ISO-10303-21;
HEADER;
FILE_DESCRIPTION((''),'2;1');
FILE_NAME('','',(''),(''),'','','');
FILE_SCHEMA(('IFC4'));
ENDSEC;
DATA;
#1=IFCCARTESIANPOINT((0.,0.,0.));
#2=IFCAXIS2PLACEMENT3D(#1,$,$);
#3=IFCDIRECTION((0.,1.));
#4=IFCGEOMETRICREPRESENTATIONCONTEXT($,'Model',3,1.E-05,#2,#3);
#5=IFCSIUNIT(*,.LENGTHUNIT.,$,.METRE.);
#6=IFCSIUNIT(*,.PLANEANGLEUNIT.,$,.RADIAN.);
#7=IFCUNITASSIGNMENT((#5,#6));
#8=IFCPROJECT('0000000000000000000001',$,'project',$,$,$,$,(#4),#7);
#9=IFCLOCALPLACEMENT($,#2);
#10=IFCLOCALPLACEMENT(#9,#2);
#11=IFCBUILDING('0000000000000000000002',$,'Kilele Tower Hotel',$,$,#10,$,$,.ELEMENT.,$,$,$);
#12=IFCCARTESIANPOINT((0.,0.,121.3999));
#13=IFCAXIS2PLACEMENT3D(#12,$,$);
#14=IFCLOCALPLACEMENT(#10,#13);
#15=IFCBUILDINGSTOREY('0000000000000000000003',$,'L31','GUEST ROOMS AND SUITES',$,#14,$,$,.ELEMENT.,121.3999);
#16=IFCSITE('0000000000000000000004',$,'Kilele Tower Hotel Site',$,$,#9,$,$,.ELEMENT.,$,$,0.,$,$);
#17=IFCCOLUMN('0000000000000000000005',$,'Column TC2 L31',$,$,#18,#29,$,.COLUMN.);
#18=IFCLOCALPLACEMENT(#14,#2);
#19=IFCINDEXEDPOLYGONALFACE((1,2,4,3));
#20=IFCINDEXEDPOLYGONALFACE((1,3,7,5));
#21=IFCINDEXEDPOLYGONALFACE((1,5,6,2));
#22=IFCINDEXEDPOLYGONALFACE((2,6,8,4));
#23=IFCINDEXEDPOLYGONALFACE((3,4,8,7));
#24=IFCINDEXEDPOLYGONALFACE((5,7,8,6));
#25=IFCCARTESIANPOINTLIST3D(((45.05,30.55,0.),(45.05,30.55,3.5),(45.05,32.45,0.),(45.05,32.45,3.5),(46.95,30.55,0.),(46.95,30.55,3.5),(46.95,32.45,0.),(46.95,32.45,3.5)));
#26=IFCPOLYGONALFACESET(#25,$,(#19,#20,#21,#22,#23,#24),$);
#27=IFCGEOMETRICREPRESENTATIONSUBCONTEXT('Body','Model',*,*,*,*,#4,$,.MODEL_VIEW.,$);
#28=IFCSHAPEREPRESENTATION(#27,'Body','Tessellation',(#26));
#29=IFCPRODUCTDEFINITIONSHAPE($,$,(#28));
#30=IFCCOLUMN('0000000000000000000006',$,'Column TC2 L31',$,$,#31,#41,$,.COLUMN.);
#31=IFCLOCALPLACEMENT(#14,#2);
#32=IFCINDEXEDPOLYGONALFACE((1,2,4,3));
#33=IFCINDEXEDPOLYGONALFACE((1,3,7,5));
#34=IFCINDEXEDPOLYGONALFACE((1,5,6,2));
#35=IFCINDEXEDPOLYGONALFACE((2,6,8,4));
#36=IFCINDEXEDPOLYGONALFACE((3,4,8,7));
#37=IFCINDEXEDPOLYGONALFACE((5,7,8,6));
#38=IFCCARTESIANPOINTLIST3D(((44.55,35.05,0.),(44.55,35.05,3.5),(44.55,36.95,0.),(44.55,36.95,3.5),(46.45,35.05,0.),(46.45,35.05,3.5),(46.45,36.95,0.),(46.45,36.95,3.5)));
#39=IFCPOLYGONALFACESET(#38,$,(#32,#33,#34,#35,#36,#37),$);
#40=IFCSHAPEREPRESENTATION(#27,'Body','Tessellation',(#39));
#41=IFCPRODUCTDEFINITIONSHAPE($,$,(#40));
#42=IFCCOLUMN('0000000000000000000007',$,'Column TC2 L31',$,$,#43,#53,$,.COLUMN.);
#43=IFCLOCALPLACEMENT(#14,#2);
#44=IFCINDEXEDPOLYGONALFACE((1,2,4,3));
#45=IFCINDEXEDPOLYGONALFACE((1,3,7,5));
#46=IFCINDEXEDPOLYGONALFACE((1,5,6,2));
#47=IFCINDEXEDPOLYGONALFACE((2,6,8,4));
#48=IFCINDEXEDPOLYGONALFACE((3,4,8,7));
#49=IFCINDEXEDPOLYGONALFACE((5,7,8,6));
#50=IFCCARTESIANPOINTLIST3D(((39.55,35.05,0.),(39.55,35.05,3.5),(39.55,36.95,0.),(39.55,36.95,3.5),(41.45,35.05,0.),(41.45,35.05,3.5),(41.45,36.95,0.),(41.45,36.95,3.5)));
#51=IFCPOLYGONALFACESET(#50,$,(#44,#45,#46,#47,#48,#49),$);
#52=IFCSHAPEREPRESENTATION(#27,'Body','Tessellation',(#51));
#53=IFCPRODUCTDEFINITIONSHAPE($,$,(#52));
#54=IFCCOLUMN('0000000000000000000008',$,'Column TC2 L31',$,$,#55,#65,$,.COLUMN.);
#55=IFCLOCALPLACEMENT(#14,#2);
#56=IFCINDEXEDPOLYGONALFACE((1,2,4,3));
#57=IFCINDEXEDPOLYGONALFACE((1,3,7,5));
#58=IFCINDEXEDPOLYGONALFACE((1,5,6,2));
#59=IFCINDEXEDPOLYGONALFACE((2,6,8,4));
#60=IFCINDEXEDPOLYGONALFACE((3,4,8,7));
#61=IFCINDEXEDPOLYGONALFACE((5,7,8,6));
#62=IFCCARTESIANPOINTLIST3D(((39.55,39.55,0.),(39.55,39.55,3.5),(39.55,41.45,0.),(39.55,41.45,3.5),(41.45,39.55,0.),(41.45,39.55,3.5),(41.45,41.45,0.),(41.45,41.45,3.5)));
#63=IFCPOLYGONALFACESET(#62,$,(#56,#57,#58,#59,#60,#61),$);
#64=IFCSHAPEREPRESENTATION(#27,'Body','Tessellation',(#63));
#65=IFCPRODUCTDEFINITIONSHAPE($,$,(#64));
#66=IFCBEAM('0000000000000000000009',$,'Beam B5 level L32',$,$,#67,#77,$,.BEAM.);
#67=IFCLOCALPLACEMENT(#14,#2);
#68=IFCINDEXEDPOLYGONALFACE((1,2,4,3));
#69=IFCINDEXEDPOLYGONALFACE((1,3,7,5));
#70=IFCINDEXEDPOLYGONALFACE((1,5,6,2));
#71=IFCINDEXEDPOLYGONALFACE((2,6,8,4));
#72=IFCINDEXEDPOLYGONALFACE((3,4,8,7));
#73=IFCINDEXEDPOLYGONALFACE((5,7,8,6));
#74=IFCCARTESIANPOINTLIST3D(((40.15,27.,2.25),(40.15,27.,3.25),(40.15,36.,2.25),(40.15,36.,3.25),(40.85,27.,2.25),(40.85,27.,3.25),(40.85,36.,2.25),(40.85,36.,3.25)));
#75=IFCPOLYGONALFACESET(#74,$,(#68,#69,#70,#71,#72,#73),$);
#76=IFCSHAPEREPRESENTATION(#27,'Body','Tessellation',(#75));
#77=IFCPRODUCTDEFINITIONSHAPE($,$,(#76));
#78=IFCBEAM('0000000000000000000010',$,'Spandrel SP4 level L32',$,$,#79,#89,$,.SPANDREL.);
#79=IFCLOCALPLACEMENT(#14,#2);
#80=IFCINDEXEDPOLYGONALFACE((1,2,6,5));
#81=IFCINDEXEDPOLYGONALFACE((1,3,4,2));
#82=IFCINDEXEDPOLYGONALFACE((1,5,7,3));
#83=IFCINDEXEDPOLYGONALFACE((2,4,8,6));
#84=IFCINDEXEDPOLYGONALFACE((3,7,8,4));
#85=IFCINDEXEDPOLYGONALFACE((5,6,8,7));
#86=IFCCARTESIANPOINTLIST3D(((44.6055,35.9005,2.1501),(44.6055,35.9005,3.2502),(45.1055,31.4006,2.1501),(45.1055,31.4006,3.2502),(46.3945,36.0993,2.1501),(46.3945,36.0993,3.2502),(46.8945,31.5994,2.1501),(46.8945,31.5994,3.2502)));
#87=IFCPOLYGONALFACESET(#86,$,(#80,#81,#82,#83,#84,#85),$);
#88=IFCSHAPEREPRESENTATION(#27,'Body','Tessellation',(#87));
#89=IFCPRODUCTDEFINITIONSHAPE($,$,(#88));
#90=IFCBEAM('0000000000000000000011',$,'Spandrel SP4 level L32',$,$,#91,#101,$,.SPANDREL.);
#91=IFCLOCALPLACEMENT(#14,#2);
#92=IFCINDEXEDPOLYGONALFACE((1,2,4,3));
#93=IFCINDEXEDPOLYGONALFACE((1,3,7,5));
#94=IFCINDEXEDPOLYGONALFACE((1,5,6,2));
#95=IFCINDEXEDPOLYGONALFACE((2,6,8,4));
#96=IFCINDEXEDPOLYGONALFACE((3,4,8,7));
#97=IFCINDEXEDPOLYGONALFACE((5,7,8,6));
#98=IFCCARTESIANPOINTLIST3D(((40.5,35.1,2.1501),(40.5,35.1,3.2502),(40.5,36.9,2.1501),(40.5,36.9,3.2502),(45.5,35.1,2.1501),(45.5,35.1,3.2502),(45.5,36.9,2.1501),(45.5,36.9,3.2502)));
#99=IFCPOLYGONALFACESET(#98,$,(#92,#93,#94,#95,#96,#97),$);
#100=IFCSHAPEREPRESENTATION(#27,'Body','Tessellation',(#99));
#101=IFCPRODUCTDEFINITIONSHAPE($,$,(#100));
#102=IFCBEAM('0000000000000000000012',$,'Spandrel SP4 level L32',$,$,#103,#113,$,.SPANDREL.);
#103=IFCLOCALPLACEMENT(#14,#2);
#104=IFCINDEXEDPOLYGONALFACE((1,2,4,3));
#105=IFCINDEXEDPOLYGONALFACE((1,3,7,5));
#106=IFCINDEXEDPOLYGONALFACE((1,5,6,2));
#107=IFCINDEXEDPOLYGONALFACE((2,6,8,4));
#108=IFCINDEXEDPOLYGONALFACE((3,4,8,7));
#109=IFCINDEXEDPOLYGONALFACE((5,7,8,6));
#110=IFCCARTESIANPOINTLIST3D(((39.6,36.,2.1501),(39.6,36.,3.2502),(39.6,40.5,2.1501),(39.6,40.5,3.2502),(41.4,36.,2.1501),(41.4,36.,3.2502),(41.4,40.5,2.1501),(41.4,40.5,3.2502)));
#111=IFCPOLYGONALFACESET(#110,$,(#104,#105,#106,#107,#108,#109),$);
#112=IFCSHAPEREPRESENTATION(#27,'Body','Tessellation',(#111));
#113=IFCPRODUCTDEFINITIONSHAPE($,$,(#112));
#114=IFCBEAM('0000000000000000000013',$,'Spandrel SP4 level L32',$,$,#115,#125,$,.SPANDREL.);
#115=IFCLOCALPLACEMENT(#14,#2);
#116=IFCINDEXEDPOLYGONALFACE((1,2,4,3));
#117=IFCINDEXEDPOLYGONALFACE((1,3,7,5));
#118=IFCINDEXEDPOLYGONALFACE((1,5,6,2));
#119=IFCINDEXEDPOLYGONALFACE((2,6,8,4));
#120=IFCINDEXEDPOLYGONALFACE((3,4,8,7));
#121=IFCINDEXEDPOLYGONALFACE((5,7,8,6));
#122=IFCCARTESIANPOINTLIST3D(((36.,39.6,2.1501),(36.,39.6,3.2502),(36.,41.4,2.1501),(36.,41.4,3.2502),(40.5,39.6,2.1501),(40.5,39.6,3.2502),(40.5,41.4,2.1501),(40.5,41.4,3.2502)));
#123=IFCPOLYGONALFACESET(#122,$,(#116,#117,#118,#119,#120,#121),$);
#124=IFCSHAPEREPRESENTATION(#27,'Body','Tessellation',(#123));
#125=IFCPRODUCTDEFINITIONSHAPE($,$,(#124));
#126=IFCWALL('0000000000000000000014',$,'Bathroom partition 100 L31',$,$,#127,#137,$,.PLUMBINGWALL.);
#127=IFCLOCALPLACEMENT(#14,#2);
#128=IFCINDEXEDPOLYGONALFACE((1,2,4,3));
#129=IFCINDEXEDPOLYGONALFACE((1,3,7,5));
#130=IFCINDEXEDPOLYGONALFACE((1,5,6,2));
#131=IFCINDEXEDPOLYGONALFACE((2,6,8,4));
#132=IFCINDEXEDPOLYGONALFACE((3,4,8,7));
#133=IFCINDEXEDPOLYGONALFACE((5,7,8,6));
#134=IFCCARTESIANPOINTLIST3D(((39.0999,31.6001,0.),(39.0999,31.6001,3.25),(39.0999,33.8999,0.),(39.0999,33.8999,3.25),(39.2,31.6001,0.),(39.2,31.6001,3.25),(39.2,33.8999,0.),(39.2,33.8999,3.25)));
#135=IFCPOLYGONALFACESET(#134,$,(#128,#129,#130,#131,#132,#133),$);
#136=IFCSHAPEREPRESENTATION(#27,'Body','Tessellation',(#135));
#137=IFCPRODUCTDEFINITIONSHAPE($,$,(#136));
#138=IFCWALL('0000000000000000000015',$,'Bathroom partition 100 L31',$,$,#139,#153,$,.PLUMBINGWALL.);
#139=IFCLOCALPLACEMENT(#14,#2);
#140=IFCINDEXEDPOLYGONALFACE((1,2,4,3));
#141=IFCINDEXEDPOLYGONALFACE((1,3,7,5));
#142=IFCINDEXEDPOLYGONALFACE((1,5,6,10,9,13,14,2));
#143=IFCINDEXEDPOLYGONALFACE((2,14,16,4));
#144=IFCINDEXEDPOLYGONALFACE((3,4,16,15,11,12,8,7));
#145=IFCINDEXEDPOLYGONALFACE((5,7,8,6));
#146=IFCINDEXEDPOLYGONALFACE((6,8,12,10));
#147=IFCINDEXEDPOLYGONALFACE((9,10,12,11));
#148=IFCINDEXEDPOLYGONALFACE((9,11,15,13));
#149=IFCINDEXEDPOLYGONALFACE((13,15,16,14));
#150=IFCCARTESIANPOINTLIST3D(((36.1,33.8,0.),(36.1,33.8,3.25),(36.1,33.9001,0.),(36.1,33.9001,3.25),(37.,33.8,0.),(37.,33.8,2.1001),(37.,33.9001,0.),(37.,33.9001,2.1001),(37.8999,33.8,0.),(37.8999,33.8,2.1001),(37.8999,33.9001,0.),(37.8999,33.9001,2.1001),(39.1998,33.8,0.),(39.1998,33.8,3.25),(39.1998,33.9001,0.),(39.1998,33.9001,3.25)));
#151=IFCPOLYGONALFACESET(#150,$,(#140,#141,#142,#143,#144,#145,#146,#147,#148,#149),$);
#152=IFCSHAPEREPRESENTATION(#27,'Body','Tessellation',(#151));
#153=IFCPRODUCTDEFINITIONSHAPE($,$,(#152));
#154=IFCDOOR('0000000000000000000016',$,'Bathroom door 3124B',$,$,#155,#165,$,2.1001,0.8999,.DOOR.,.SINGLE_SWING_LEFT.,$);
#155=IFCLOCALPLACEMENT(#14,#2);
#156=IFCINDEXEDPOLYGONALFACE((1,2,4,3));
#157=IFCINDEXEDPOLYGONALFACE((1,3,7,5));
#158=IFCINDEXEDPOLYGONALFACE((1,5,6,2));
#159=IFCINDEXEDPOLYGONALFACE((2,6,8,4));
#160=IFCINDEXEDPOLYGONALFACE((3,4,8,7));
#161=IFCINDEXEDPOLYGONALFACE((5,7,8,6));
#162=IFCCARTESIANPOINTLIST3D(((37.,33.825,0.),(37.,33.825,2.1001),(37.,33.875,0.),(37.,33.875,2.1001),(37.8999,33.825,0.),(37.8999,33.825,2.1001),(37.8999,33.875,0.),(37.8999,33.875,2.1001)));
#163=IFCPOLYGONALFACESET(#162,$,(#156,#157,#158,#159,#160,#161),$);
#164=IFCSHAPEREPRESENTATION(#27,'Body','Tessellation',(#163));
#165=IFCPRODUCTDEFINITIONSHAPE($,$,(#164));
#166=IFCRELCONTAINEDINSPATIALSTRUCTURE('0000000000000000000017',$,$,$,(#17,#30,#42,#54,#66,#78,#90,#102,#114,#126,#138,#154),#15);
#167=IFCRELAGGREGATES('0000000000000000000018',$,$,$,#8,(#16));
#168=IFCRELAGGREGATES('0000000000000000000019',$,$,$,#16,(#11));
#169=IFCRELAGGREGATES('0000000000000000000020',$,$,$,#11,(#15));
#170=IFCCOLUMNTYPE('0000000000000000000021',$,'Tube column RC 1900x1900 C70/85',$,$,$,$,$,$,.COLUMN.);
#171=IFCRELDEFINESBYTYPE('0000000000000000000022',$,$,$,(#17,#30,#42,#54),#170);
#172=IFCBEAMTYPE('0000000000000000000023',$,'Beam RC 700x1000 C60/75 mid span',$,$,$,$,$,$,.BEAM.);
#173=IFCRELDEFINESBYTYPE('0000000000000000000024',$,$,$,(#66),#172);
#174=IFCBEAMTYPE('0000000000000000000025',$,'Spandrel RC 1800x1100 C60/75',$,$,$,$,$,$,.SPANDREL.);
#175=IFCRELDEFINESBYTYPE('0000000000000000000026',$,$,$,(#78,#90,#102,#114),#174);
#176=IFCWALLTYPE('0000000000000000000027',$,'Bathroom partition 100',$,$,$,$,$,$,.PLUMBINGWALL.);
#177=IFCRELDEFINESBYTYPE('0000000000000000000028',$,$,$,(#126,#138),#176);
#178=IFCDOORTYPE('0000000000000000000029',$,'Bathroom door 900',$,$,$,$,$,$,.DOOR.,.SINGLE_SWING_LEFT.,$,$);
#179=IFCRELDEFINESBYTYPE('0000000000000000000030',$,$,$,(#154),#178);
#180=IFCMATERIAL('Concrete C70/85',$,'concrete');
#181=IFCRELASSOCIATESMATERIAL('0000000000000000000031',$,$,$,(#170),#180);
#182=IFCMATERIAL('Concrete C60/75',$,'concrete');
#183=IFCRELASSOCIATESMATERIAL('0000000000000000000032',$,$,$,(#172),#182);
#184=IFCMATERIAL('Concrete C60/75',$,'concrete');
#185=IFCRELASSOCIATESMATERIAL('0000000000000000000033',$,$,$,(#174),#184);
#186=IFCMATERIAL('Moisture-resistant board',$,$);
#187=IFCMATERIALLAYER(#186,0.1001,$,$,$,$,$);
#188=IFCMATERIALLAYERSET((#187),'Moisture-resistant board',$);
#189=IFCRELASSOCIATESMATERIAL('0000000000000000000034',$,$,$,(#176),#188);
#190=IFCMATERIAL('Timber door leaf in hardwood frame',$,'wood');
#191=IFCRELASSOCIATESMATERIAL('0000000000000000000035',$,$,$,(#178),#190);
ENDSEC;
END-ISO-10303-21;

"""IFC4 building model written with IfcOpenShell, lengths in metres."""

from ifc_helpers import new_model, si_unit, direction, frame, frame_2d, origin, origin_2d, place, context, subcontext, project, spatial, rectangle, extrude, material, layer, layer_set, material_profile, profile_set, type_object, element, fill, save


model = new_model("IFC4")

# Units and contexts
model_context = context("Model", 3, precision=1e-05, world=origin(), true_north=direction((0.0, 1.0)))
body_context = subcontext(model_context, "Body", "Model", "MODEL_VIEW")
ifc_project = project(units=[si_unit("LENGTHUNIT", "METRE"), si_unit("PLANEANGLEUNIT", "RADIAN")], contexts=[model_context])

# Site, building, storey
site_placement = place(None, origin())
site = spatial("IfcSite", under=ifc_project, at=site_placement, Name="Kilele Tower Hotel Site", CompositionType="ELEMENT", RefElevation=0.0)
building_placement = place(site_placement, origin())
building = spatial("IfcBuilding", under=site, at=building_placement, Name="Kilele Tower Hotel", CompositionType="ELEMENT")
storey_placement = place(building_placement, frame((0.0, 0.0, 121.3999)))
storey = spatial("IfcBuildingStorey", under=building, at=storey_placement, Name="L31", Description="GUEST ROOMS AND SUITES", CompositionType="ELEMENT", Elevation=121.3999)

# Columns
ifc_material_1 = material(Name="Concrete C70/85", Category="concrete")
ifc_material_profile_1 = material_profile(ifc_material_1, rectangle(XDim=1.8999, YDim=1.8999, at=origin_2d()))
ifc_profile_set_1 = profile_set([ifc_material_profile_1], Name="Concrete C70/85")
column_type = type_object("IfcColumnType", Name="Tube column RC 1900x1900 C70/85", PredefinedType="COLUMN", material=ifc_profile_set_1)
for number, where, z_axis, x_axis, name in (
    (1, (46.0, 31.5, 0.0), (0.0, 0.0, 1.0), (1.0, 0.0, 0.0), "Column TC2 L31"),
    (2, (45.5, 36.0, 0.0), (0.0, 0.0, 1.0), (1.0, 0.0, 0.0), "Column TC2 L31"),
    (3, (40.5, 36.0, 0.0), (0.0, 0.0, 1.0), (1.0, 0.0, 0.0), "Column TC2 L31"),
    (4, (40.5, 40.5, 0.0), (0.0, 0.0, 1.0), (1.0, 0.0, 0.0), "Column TC2 L31"),
):
    element("IfcColumn", number, at=place(storey_placement, frame(where, z_axis=z_axis, x_axis=x_axis)), inside=storey, type_object=column_type, Name=name, PredefinedType="COLUMN", context=body_context, shape_type="SweptSolid", body=[
        extrude(rectangle(XDim=1.8999, YDim=1.8999, at=origin_2d()), origin(), (0.0, 0.0, 1.0), 3.5),
    ])

# Beams
ifc_material_2 = material(Name="Concrete C60/75", Category="concrete")
ifc_material_profile_2 = material_profile(ifc_material_2, rectangle(XDim=0.7, YDim=1.0, at=origin_2d()))
ifc_profile_set_2 = profile_set([ifc_material_profile_2], Name="Concrete C60/75")
beam_type_1 = type_object("IfcBeamType", Name="Beam RC 700x1000 C60/75 mid span", PredefinedType="BEAM", material=ifc_profile_set_2)
beam_1_placement = place(storey_placement, frame((40.5, 36.0, 2.75), z_axis=(0.0, -1.0, 0.0), x_axis=(1.0, 0.0, 0.0)))
element("IfcBeam", 5, at=beam_1_placement, inside=storey, type_object=beam_type_1, Name="Beam B5 level L32", PredefinedType="BEAM", context=body_context, shape_type="SweptSolid", body=[
    extrude(rectangle(XDim=0.7, YDim=1.0, at=origin_2d()), origin(), (0.0, 0.0, 1.0), 9.0),
])
ifc_material_3 = material(Name="Concrete C60/75", Category="concrete")
ifc_material_profile_3 = material_profile(ifc_material_3, rectangle(XDim=1.8, YDim=1.1001, at=origin_2d()))
ifc_profile_set_3 = profile_set([ifc_material_profile_3], Name="Concrete C60/75")
beam_type_2 = type_object("IfcBeamType", Name="Spandrel RC 1800x1100 C60/75", PredefinedType="SPANDREL", material=ifc_profile_set_3)
beam_2_placement = place(storey_placement, frame((46.0, 31.5, 2.7002), z_axis=(-0.110432, 0.993884, 0.0), x_axis=(-0.993884, -0.110432, 0.0)))
element("IfcBeam", 6, at=beam_2_placement, inside=storey, type_object=beam_type_2, Name="Spandrel SP4 level L32", PredefinedType="SPANDREL", context=body_context, shape_type="SweptSolid", body=[
    extrude(rectangle(XDim=1.8, YDim=1.1001, at=origin_2d()), origin(), (0.0, 0.0, 1.0), 4.5276),
])
beam_3_placement = place(storey_placement, frame((45.5, 36.0, 2.7002), z_axis=(-1.0, 0.0, 0.0), x_axis=(0.0, -1.0, 0.0)))
element("IfcBeam", 7, at=beam_3_placement, inside=storey, type_object=beam_type_2, Name="Spandrel SP4 level L32", PredefinedType="SPANDREL", context=body_context, shape_type="SweptSolid", body=[
    extrude(rectangle(XDim=1.8, YDim=1.1001, at=origin_2d()), origin(), (0.0, 0.0, 1.0), 5.0),
])
for number, where, z_axis, x_axis, name in (
    (8, (40.5, 36.0, 2.7002), (0.0, 1.0, 0.0), (-1.0, 0.0, 0.0), "Spandrel SP4 level L32"),
    (9, (40.5, 40.5, 2.7002), (-1.0, 0.0, 0.0), (0.0, -1.0, 0.0), "Spandrel SP4 level L32"),
):
    element("IfcBeam", number, at=place(storey_placement, frame(where, z_axis=z_axis, x_axis=x_axis)), inside=storey, type_object=beam_type_2, Name=name, PredefinedType="SPANDREL", context=body_context, shape_type="SweptSolid", body=[
        extrude(rectangle(XDim=1.8, YDim=1.1001, at=origin_2d()), origin(), (0.0, 0.0, 1.0), 4.5),
    ])

# Wall
ifc_material_4 = material(Name="Moisture-resistant board")
ifc_layer_1 = layer(ifc_material_4, 0.1001)
ifc_layer_set_1 = layer_set([ifc_layer_1], Name="Moisture-resistant board")
wall_type_1 = type_object("IfcWallType", Name="Bathroom partition 100", PredefinedType="PLUMBINGWALL", material=ifc_layer_set_1)
wall_1_placement = place(storey_placement, frame((39.1499, 31.6001, 0.0), z_axis=(0.0, 0.0, 1.0), x_axis=(0.0, 1.0, 0.0)))
element("IfcWall", 10, at=wall_1_placement, inside=storey, type_object=wall_type_1, Name="Bathroom partition 100 L31", PredefinedType="PLUMBINGWALL", context=body_context, shape_type="SweptSolid", body=[
    extrude(rectangle(XDim=2.2998, YDim=0.1001, at=frame_2d((1.1499, 0.0))), origin(), (0.0, 0.0, 1.0), 3.25),
])

# Wall, opening, door
wall_2_placement = place(storey_placement, frame((36.1001, 33.8501, 0.0), z_axis=(0.0, 0.0, 1.0), x_axis=(1.0, 0.0, 0.0)))
wall_2 = element("IfcWall", 11, at=wall_2_placement, inside=storey, type_object=wall_type_1, Name="Bathroom partition 100 L31", PredefinedType="PLUMBINGWALL", context=body_context, shape_type="SweptSolid", body=[
    extrude(rectangle(XDim=3.0999, YDim=0.1001, at=frame_2d((1.5498, 0.0))), origin(), (0.0, 0.0, 1.0), 3.25),
])
opening_1_placement = place(wall_2_placement, frame((0.8999, 0.0, 0.0)))
opening_1 = element("IfcOpeningElement", 12, at=opening_1_placement, cuts=wall_2, PredefinedType="OPENING", context=body_context, shape_type="SweptSolid", body=[
    extrude(rectangle(XDim=0.8999, YDim=2.1001, at=frame_2d((0.45, 1.05))), frame((0.0, 0.0601, 0.0), z_axis=(0.0, -1.0, 0.0), x_axis=(1.0, 0.0, 0.0)), (0.0, 0.0, 1.0), 0.1201),
])
ifc_material_5 = material(Name="Timber door leaf in hardwood frame", Category="wood")
door_type_1 = type_object("IfcDoorType", Name="Bathroom door 900", OperationType="SINGLE_SWING_LEFT", PredefinedType="DOOR", material=ifc_material_5)
door_1_placement = place(opening_1_placement, origin())
door_1 = element("IfcDoor", 13, at=door_1_placement, inside=storey, type_object=door_type_1, Name="Bathroom door 3124B", OperationType="SINGLE_SWING_LEFT", OverallHeight=2.1001, OverallWidth=0.8999, PredefinedType="DOOR", context=body_context, shape_type="SweptSolid", body=[
    extrude(rectangle(XDim=0.8999, YDim=2.1001, at=frame_2d((0.45, 1.05))), frame((0.0, 0.0249, 0.0), z_axis=(0.0, -1.0, 0.0), x_axis=(1.0, 0.0, 0.0)), (0.0, 0.0, 1.0), 0.05),
])
fill(opening_1, door_1)

save(model, "model.ifc")
